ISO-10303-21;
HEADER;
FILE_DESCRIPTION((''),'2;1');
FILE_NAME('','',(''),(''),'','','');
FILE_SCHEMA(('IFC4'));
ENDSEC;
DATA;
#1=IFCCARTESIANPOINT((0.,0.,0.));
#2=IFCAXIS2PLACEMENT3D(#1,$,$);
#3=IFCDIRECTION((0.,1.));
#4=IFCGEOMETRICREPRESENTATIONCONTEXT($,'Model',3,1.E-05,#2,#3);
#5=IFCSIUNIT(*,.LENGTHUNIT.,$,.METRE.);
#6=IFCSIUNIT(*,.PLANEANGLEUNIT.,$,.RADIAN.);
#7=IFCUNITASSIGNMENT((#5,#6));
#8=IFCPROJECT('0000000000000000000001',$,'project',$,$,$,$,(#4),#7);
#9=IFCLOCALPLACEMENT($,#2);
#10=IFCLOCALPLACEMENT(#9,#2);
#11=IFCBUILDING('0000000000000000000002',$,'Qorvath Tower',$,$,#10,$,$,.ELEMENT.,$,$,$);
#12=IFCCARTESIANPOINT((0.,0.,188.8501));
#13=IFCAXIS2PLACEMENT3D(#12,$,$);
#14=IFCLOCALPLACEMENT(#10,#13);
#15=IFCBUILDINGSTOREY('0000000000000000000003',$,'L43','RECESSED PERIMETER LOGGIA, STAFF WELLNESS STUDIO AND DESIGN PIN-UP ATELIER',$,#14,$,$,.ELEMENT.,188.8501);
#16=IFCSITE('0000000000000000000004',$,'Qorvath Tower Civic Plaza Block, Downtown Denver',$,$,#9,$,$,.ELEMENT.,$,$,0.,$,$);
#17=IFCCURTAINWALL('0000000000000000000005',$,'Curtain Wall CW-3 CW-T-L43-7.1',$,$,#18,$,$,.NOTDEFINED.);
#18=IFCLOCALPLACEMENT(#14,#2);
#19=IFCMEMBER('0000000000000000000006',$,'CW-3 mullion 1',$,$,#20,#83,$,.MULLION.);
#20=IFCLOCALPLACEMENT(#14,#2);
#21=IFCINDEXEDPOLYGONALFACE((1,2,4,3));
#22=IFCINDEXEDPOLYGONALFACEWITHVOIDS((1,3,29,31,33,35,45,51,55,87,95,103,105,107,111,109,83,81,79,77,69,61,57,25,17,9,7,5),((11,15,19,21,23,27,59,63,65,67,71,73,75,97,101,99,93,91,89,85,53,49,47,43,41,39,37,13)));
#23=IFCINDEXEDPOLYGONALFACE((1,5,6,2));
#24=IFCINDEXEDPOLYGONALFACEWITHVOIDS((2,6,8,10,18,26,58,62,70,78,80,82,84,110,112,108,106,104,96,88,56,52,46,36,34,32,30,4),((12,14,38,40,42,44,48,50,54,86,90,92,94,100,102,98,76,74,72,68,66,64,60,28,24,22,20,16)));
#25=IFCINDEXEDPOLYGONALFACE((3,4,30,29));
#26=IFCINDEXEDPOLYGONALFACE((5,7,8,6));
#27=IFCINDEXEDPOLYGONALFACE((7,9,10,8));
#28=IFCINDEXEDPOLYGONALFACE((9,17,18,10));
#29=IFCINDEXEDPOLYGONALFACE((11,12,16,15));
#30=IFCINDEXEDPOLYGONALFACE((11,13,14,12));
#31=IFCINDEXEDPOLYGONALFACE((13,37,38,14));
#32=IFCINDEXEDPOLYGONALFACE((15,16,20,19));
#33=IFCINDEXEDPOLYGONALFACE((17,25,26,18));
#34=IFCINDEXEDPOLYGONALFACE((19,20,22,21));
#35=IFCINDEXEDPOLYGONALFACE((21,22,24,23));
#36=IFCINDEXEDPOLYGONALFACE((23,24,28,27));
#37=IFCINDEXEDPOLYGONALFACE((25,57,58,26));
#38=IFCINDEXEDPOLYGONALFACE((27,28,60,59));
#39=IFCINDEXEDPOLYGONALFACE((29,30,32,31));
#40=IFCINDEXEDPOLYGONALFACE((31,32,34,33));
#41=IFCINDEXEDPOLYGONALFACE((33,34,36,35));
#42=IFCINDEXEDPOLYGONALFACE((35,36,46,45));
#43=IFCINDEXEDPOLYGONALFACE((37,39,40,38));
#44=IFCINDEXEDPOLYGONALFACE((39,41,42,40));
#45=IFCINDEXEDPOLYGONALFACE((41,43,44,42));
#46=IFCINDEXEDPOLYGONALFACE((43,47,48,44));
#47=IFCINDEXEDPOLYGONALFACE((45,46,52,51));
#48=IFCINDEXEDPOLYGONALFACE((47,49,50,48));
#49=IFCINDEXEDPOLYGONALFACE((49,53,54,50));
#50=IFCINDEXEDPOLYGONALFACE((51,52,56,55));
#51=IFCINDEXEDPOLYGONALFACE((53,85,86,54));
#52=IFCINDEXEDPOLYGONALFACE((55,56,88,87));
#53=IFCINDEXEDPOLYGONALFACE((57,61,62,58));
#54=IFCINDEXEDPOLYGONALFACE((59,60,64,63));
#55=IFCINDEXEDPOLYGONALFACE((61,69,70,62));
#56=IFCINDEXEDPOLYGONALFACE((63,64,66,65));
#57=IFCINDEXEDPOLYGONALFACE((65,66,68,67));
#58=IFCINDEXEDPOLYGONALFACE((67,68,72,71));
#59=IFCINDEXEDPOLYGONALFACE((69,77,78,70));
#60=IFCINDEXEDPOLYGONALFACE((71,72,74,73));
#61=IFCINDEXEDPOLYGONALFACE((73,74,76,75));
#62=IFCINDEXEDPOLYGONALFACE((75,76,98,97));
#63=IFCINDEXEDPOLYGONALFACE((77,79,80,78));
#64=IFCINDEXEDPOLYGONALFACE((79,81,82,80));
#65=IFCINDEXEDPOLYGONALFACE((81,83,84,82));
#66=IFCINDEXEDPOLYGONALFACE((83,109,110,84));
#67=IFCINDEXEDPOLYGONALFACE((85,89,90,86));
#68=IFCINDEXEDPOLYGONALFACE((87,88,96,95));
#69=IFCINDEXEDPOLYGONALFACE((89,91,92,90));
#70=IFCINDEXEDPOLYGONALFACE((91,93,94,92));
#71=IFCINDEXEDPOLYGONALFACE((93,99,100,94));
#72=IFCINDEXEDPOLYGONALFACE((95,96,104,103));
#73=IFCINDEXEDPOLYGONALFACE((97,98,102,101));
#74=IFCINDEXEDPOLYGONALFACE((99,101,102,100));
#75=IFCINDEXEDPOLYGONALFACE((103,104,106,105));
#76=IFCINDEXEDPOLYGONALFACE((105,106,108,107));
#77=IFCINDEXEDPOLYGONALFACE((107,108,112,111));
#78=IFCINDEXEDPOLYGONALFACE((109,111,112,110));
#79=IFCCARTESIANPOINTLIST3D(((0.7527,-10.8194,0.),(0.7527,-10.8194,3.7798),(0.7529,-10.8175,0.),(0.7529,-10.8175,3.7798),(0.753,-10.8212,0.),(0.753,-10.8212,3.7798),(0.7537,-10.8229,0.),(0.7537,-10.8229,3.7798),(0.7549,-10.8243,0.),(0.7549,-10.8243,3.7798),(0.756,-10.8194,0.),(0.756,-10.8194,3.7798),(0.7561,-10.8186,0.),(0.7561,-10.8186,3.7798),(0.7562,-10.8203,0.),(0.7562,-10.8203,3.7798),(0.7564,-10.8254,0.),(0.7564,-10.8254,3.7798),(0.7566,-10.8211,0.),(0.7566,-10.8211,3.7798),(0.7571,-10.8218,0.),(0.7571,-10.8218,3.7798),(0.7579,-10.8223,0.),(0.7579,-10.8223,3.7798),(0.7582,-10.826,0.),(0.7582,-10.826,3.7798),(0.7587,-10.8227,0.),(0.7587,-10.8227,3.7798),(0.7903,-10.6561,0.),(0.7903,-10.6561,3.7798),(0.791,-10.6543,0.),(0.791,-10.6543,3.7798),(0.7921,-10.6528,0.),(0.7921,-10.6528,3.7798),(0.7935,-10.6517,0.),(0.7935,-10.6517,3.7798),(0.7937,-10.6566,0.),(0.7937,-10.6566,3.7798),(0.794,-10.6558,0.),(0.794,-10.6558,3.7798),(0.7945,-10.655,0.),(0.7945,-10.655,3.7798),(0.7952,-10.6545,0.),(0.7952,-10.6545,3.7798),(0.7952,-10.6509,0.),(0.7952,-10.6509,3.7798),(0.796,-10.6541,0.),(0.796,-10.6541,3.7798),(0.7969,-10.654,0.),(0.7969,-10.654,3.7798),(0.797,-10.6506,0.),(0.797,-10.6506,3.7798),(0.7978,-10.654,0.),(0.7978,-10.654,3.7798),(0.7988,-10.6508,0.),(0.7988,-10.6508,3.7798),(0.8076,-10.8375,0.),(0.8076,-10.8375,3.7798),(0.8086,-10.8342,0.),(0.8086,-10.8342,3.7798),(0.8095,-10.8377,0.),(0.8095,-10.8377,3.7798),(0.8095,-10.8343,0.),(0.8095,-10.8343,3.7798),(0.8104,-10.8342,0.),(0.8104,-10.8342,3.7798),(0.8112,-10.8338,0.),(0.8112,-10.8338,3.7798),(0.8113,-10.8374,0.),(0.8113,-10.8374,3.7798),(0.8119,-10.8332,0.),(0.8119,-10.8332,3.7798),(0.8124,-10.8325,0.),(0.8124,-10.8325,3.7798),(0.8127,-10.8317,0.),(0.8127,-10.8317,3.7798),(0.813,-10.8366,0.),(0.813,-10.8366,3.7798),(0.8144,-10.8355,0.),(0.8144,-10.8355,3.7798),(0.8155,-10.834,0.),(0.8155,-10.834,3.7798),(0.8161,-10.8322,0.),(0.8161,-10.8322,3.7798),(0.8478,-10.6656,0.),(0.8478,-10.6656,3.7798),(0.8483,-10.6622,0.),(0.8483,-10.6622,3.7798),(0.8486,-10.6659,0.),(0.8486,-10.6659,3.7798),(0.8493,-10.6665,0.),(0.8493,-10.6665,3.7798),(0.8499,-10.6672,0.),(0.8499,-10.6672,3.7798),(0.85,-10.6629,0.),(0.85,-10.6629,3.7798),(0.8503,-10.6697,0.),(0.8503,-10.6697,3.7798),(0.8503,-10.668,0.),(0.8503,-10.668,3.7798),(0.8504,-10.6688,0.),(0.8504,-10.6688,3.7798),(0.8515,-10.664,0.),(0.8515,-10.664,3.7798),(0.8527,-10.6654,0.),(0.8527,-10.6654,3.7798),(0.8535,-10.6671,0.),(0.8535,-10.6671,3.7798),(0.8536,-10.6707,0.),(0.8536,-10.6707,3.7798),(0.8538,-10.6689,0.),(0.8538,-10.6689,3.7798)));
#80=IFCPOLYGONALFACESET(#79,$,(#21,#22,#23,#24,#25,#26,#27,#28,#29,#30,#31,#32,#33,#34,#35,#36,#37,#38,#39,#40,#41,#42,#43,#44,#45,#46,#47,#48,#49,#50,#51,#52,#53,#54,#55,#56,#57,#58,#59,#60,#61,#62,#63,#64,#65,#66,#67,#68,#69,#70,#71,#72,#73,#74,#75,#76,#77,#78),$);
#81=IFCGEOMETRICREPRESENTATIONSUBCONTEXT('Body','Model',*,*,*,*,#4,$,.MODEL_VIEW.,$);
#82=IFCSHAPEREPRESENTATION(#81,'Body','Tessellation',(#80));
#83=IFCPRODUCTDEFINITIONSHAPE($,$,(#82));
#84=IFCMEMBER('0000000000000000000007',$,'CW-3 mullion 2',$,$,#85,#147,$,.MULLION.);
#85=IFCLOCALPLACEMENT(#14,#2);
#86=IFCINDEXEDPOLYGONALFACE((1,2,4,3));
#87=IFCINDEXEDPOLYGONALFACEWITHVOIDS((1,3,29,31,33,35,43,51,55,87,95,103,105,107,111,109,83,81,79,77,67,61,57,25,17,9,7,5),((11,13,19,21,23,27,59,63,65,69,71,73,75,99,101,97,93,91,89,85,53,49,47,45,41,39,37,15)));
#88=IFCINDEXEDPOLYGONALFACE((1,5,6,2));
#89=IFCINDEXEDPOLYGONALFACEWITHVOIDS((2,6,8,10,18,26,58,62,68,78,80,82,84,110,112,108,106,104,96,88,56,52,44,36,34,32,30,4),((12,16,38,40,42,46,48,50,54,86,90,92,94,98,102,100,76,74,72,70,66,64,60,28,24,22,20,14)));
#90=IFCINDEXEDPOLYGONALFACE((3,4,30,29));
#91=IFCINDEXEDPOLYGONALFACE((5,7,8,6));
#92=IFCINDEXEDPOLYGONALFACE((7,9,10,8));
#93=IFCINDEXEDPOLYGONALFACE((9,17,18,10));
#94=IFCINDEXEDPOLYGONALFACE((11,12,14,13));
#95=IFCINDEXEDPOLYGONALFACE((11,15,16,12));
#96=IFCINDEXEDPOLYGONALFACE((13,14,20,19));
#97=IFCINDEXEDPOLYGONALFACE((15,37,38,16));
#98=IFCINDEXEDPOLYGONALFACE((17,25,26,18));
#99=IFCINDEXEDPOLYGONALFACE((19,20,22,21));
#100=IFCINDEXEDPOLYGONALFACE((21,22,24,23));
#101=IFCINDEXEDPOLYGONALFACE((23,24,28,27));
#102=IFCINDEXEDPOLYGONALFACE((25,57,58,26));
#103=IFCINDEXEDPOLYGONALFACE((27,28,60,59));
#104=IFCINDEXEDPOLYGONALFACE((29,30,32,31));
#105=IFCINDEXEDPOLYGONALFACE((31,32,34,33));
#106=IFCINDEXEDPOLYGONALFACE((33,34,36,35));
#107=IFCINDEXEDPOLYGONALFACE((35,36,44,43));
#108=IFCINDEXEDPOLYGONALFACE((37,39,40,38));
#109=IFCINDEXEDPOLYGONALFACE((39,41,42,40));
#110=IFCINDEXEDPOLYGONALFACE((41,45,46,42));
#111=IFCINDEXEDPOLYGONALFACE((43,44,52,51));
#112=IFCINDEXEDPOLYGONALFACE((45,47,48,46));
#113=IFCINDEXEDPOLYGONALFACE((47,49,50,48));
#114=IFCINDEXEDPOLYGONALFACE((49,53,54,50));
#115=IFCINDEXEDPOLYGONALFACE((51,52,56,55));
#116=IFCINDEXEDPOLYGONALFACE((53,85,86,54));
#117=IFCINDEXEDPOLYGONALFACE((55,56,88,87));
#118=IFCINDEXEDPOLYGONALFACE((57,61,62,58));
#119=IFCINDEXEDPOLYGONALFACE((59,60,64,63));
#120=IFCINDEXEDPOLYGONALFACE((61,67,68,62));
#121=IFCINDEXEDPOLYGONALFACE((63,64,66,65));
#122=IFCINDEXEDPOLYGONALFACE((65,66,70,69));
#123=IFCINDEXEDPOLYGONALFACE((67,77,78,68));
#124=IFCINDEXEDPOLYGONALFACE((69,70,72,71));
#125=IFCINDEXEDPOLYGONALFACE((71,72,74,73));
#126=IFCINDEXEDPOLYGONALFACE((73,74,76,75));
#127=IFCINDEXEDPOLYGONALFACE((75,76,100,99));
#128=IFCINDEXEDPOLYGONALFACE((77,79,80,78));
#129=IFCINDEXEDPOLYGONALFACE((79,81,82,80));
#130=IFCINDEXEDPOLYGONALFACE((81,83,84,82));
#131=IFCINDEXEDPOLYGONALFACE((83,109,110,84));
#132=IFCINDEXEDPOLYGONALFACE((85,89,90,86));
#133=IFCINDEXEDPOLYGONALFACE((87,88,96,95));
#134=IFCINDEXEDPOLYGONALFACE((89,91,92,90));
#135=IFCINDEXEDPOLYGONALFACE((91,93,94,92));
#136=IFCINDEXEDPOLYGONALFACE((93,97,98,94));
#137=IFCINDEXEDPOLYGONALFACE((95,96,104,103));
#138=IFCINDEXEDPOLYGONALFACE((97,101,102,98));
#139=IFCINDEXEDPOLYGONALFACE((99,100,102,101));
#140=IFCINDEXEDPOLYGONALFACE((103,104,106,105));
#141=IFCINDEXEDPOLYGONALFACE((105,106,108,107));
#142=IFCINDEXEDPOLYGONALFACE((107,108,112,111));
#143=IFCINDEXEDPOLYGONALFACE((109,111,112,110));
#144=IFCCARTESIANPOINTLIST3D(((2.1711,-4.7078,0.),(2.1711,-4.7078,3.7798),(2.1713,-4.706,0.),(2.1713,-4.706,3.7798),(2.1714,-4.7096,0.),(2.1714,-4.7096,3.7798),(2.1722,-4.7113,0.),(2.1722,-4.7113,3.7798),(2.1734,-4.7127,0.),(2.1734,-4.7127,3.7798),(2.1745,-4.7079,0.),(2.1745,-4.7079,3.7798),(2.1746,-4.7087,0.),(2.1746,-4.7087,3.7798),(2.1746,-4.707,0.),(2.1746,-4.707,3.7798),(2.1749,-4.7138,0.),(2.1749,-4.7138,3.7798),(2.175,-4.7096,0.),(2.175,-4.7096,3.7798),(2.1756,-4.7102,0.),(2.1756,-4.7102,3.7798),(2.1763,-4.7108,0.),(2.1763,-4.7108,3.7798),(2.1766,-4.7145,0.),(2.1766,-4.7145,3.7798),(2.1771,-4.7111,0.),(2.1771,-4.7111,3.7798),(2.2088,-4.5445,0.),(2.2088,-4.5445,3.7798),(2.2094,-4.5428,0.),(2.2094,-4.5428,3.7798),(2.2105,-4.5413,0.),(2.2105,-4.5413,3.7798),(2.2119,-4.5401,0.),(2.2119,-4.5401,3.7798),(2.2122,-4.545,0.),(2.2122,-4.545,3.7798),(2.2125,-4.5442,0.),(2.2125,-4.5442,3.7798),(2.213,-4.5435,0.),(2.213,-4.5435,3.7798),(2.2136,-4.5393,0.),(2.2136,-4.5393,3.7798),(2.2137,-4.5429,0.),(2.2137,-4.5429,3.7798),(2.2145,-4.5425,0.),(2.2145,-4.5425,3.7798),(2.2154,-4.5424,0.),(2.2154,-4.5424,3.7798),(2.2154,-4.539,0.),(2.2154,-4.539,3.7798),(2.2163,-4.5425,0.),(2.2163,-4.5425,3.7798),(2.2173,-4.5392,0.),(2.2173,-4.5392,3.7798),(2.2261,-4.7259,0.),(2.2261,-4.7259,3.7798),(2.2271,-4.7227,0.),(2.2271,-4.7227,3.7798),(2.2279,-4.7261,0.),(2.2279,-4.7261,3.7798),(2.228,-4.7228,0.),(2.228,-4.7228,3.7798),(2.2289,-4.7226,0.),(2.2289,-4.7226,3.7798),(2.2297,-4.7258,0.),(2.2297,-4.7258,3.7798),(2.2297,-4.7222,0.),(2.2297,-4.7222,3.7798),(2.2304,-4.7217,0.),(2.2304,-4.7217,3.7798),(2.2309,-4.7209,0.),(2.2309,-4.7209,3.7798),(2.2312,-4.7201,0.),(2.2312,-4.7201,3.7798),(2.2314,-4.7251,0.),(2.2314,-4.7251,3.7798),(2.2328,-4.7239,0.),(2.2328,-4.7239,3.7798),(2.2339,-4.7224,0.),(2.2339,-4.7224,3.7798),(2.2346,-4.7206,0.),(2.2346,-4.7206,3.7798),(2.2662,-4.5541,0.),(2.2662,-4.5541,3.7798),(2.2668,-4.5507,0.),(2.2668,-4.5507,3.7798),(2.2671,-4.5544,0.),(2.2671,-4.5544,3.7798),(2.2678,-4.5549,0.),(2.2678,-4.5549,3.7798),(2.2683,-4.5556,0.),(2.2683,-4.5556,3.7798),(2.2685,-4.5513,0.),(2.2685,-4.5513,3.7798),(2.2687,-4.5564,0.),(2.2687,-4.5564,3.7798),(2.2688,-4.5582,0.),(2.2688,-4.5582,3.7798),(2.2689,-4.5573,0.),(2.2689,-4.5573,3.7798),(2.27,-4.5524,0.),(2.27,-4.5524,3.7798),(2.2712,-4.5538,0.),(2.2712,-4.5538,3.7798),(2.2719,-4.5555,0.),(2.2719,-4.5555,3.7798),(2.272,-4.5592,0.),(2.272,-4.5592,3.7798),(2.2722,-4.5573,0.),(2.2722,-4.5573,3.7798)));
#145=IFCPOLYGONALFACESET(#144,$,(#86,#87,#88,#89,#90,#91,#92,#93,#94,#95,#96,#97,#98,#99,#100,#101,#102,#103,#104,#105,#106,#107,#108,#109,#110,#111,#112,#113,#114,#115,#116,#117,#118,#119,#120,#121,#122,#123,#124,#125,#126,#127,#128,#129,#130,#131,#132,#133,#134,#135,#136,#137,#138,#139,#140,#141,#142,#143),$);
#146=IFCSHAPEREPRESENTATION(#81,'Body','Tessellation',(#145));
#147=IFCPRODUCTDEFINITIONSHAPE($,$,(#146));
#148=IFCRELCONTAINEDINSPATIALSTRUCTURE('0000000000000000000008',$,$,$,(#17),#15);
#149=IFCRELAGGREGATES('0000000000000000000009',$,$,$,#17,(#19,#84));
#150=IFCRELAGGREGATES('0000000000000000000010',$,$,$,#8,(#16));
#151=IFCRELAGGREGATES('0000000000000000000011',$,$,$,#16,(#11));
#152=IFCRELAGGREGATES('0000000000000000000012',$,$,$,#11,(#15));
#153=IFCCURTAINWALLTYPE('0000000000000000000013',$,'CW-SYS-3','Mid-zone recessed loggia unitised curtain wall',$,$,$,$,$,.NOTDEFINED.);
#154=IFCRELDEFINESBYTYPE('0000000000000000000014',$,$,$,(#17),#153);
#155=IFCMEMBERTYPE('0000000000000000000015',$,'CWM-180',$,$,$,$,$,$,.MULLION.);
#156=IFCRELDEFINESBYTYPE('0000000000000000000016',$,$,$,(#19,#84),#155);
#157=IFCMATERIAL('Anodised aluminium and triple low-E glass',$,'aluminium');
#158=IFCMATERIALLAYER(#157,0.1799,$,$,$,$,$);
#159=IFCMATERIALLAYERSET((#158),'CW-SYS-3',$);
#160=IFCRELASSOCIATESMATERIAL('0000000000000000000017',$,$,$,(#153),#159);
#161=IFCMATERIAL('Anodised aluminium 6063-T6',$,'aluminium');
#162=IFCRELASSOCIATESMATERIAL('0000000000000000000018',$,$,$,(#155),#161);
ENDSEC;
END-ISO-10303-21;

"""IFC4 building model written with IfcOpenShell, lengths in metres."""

from ifc_helpers import new_model, si_unit, direction, frame, origin, origin_2d, place, context, subcontext, project, spatial, hollow_rectangle, extrude, material, layer, layer_set, material_profile, profile_set, type_object, element, aggregate, save


model = new_model("IFC4")

# Units and contexts
model_context = context("Model", 3, precision=1e-05, world=origin(), true_north=direction((0.0, 1.0)))
body_context = subcontext(model_context, "Body", "Model", "MODEL_VIEW")
ifc_project = project(units=[si_unit("LENGTHUNIT", "METRE"), si_unit("PLANEANGLEUNIT", "RADIAN")], contexts=[model_context])

# Site, building, storey
site_placement = place(None, origin())
site = spatial("IfcSite", under=ifc_project, at=site_placement, Name="Qorvath Tower Civic Plaza Block, Downtown Denver", CompositionType="ELEMENT", RefElevation=0.0)
building_placement = place(site_placement, origin())
building = spatial("IfcBuilding", under=site, at=building_placement, Name="Qorvath Tower", CompositionType="ELEMENT")
storey_placement = place(building_placement, frame((0.0, 0.0, 188.8501)))
storey = spatial("IfcBuildingStorey", under=building, at=storey_placement, Name="L43", Description="RECESSED PERIMETER LOGGIA, STAFF WELLNESS STUDIO AND DESIGN PIN-UP ATELIER", CompositionType="ELEMENT", Elevation=188.8501)

# Shared definitions
ifc_material_1 = material(Name="Anodised aluminium and triple low-E glass", Category="aluminium")
ifc_layer_1 = layer(ifc_material_1, 0.1799)
ifc_layer_set_1 = layer_set([ifc_layer_1], Name="CW-SYS-3")
curtain_wall_type = type_object("IfcCurtainWallType", Name="CW-SYS-3", Description="Mid-zone recessed loggia unitised curtain wall", PredefinedType="NOTDEFINED", material=ifc_layer_set_1)
ifc_material_2 = material(Name="Anodised aluminium 6063-T6", Category="aluminium")
ifc_material_profile_1 = material_profile(ifc_material_2, hollow_rectangle(XDim=0.0649, YDim=0.1799, WallThickness=0.0034, InnerFilletRadius=0.0034, OuterFilletRadius=0.0071, at=origin_2d()), Name="CWM 180x65")
ifc_profile_set_1 = profile_set([ifc_material_profile_1], Name="Anodised aluminium 6063-T6")
member_type_1 = type_object("IfcMemberType", Name="CWM-180", PredefinedType="MULLION", material=ifc_profile_set_1)

# Curtain wall, members
curtain_wall_1_placement = place(storey_placement, origin())
curtain_wall_1 = element("IfcCurtainWall", 1, at=curtain_wall_1_placement, inside=storey, type_object=curtain_wall_type, Name="Curtain Wall CW-3 CW-T-L43-7.1", PredefinedType="NOTDEFINED")
member_1_placement = place(storey_placement, frame((0.8032, -10.7441, 0.0), z_axis=(0.0, 0.0, 1.0), x_axis=(-0.974111, 0.226069, 0.0)))
member_1 = element("IfcMember", 2, at=member_1_placement, type_object=member_type_1, Name="CW-3 mullion 1", PredefinedType="MULLION", context=body_context, shape_type="SweptSolid", body=[
    extrude(hollow_rectangle(XDim=0.0649, YDim=0.1799, WallThickness=0.0034, InnerFilletRadius=0.0034, OuterFilletRadius=0.0071, at=origin_2d()), origin(), (0.0, 0.0, 1.0), 3.7798),
])
member_2_placement = place(storey_placement, frame((2.2217, -4.6326, 0.0), z_axis=(0.0, 0.0, 1.0), x_axis=(-0.974111, 0.226069, 0.0)))
member_2 = element("IfcMember", 3, at=member_2_placement, type_object=member_type_1, Name="CW-3 mullion 2", PredefinedType="MULLION", context=body_context, shape_type="SweptSolid", body=[
    extrude(hollow_rectangle(XDim=0.0649, YDim=0.1799, WallThickness=0.0034, InnerFilletRadius=0.0034, OuterFilletRadius=0.0071, at=origin_2d()), origin(), (0.0, 0.0, 1.0), 3.7798),
])

aggregate(curtain_wall_1, [member_1, member_2])

save(model, "model.ifc")
